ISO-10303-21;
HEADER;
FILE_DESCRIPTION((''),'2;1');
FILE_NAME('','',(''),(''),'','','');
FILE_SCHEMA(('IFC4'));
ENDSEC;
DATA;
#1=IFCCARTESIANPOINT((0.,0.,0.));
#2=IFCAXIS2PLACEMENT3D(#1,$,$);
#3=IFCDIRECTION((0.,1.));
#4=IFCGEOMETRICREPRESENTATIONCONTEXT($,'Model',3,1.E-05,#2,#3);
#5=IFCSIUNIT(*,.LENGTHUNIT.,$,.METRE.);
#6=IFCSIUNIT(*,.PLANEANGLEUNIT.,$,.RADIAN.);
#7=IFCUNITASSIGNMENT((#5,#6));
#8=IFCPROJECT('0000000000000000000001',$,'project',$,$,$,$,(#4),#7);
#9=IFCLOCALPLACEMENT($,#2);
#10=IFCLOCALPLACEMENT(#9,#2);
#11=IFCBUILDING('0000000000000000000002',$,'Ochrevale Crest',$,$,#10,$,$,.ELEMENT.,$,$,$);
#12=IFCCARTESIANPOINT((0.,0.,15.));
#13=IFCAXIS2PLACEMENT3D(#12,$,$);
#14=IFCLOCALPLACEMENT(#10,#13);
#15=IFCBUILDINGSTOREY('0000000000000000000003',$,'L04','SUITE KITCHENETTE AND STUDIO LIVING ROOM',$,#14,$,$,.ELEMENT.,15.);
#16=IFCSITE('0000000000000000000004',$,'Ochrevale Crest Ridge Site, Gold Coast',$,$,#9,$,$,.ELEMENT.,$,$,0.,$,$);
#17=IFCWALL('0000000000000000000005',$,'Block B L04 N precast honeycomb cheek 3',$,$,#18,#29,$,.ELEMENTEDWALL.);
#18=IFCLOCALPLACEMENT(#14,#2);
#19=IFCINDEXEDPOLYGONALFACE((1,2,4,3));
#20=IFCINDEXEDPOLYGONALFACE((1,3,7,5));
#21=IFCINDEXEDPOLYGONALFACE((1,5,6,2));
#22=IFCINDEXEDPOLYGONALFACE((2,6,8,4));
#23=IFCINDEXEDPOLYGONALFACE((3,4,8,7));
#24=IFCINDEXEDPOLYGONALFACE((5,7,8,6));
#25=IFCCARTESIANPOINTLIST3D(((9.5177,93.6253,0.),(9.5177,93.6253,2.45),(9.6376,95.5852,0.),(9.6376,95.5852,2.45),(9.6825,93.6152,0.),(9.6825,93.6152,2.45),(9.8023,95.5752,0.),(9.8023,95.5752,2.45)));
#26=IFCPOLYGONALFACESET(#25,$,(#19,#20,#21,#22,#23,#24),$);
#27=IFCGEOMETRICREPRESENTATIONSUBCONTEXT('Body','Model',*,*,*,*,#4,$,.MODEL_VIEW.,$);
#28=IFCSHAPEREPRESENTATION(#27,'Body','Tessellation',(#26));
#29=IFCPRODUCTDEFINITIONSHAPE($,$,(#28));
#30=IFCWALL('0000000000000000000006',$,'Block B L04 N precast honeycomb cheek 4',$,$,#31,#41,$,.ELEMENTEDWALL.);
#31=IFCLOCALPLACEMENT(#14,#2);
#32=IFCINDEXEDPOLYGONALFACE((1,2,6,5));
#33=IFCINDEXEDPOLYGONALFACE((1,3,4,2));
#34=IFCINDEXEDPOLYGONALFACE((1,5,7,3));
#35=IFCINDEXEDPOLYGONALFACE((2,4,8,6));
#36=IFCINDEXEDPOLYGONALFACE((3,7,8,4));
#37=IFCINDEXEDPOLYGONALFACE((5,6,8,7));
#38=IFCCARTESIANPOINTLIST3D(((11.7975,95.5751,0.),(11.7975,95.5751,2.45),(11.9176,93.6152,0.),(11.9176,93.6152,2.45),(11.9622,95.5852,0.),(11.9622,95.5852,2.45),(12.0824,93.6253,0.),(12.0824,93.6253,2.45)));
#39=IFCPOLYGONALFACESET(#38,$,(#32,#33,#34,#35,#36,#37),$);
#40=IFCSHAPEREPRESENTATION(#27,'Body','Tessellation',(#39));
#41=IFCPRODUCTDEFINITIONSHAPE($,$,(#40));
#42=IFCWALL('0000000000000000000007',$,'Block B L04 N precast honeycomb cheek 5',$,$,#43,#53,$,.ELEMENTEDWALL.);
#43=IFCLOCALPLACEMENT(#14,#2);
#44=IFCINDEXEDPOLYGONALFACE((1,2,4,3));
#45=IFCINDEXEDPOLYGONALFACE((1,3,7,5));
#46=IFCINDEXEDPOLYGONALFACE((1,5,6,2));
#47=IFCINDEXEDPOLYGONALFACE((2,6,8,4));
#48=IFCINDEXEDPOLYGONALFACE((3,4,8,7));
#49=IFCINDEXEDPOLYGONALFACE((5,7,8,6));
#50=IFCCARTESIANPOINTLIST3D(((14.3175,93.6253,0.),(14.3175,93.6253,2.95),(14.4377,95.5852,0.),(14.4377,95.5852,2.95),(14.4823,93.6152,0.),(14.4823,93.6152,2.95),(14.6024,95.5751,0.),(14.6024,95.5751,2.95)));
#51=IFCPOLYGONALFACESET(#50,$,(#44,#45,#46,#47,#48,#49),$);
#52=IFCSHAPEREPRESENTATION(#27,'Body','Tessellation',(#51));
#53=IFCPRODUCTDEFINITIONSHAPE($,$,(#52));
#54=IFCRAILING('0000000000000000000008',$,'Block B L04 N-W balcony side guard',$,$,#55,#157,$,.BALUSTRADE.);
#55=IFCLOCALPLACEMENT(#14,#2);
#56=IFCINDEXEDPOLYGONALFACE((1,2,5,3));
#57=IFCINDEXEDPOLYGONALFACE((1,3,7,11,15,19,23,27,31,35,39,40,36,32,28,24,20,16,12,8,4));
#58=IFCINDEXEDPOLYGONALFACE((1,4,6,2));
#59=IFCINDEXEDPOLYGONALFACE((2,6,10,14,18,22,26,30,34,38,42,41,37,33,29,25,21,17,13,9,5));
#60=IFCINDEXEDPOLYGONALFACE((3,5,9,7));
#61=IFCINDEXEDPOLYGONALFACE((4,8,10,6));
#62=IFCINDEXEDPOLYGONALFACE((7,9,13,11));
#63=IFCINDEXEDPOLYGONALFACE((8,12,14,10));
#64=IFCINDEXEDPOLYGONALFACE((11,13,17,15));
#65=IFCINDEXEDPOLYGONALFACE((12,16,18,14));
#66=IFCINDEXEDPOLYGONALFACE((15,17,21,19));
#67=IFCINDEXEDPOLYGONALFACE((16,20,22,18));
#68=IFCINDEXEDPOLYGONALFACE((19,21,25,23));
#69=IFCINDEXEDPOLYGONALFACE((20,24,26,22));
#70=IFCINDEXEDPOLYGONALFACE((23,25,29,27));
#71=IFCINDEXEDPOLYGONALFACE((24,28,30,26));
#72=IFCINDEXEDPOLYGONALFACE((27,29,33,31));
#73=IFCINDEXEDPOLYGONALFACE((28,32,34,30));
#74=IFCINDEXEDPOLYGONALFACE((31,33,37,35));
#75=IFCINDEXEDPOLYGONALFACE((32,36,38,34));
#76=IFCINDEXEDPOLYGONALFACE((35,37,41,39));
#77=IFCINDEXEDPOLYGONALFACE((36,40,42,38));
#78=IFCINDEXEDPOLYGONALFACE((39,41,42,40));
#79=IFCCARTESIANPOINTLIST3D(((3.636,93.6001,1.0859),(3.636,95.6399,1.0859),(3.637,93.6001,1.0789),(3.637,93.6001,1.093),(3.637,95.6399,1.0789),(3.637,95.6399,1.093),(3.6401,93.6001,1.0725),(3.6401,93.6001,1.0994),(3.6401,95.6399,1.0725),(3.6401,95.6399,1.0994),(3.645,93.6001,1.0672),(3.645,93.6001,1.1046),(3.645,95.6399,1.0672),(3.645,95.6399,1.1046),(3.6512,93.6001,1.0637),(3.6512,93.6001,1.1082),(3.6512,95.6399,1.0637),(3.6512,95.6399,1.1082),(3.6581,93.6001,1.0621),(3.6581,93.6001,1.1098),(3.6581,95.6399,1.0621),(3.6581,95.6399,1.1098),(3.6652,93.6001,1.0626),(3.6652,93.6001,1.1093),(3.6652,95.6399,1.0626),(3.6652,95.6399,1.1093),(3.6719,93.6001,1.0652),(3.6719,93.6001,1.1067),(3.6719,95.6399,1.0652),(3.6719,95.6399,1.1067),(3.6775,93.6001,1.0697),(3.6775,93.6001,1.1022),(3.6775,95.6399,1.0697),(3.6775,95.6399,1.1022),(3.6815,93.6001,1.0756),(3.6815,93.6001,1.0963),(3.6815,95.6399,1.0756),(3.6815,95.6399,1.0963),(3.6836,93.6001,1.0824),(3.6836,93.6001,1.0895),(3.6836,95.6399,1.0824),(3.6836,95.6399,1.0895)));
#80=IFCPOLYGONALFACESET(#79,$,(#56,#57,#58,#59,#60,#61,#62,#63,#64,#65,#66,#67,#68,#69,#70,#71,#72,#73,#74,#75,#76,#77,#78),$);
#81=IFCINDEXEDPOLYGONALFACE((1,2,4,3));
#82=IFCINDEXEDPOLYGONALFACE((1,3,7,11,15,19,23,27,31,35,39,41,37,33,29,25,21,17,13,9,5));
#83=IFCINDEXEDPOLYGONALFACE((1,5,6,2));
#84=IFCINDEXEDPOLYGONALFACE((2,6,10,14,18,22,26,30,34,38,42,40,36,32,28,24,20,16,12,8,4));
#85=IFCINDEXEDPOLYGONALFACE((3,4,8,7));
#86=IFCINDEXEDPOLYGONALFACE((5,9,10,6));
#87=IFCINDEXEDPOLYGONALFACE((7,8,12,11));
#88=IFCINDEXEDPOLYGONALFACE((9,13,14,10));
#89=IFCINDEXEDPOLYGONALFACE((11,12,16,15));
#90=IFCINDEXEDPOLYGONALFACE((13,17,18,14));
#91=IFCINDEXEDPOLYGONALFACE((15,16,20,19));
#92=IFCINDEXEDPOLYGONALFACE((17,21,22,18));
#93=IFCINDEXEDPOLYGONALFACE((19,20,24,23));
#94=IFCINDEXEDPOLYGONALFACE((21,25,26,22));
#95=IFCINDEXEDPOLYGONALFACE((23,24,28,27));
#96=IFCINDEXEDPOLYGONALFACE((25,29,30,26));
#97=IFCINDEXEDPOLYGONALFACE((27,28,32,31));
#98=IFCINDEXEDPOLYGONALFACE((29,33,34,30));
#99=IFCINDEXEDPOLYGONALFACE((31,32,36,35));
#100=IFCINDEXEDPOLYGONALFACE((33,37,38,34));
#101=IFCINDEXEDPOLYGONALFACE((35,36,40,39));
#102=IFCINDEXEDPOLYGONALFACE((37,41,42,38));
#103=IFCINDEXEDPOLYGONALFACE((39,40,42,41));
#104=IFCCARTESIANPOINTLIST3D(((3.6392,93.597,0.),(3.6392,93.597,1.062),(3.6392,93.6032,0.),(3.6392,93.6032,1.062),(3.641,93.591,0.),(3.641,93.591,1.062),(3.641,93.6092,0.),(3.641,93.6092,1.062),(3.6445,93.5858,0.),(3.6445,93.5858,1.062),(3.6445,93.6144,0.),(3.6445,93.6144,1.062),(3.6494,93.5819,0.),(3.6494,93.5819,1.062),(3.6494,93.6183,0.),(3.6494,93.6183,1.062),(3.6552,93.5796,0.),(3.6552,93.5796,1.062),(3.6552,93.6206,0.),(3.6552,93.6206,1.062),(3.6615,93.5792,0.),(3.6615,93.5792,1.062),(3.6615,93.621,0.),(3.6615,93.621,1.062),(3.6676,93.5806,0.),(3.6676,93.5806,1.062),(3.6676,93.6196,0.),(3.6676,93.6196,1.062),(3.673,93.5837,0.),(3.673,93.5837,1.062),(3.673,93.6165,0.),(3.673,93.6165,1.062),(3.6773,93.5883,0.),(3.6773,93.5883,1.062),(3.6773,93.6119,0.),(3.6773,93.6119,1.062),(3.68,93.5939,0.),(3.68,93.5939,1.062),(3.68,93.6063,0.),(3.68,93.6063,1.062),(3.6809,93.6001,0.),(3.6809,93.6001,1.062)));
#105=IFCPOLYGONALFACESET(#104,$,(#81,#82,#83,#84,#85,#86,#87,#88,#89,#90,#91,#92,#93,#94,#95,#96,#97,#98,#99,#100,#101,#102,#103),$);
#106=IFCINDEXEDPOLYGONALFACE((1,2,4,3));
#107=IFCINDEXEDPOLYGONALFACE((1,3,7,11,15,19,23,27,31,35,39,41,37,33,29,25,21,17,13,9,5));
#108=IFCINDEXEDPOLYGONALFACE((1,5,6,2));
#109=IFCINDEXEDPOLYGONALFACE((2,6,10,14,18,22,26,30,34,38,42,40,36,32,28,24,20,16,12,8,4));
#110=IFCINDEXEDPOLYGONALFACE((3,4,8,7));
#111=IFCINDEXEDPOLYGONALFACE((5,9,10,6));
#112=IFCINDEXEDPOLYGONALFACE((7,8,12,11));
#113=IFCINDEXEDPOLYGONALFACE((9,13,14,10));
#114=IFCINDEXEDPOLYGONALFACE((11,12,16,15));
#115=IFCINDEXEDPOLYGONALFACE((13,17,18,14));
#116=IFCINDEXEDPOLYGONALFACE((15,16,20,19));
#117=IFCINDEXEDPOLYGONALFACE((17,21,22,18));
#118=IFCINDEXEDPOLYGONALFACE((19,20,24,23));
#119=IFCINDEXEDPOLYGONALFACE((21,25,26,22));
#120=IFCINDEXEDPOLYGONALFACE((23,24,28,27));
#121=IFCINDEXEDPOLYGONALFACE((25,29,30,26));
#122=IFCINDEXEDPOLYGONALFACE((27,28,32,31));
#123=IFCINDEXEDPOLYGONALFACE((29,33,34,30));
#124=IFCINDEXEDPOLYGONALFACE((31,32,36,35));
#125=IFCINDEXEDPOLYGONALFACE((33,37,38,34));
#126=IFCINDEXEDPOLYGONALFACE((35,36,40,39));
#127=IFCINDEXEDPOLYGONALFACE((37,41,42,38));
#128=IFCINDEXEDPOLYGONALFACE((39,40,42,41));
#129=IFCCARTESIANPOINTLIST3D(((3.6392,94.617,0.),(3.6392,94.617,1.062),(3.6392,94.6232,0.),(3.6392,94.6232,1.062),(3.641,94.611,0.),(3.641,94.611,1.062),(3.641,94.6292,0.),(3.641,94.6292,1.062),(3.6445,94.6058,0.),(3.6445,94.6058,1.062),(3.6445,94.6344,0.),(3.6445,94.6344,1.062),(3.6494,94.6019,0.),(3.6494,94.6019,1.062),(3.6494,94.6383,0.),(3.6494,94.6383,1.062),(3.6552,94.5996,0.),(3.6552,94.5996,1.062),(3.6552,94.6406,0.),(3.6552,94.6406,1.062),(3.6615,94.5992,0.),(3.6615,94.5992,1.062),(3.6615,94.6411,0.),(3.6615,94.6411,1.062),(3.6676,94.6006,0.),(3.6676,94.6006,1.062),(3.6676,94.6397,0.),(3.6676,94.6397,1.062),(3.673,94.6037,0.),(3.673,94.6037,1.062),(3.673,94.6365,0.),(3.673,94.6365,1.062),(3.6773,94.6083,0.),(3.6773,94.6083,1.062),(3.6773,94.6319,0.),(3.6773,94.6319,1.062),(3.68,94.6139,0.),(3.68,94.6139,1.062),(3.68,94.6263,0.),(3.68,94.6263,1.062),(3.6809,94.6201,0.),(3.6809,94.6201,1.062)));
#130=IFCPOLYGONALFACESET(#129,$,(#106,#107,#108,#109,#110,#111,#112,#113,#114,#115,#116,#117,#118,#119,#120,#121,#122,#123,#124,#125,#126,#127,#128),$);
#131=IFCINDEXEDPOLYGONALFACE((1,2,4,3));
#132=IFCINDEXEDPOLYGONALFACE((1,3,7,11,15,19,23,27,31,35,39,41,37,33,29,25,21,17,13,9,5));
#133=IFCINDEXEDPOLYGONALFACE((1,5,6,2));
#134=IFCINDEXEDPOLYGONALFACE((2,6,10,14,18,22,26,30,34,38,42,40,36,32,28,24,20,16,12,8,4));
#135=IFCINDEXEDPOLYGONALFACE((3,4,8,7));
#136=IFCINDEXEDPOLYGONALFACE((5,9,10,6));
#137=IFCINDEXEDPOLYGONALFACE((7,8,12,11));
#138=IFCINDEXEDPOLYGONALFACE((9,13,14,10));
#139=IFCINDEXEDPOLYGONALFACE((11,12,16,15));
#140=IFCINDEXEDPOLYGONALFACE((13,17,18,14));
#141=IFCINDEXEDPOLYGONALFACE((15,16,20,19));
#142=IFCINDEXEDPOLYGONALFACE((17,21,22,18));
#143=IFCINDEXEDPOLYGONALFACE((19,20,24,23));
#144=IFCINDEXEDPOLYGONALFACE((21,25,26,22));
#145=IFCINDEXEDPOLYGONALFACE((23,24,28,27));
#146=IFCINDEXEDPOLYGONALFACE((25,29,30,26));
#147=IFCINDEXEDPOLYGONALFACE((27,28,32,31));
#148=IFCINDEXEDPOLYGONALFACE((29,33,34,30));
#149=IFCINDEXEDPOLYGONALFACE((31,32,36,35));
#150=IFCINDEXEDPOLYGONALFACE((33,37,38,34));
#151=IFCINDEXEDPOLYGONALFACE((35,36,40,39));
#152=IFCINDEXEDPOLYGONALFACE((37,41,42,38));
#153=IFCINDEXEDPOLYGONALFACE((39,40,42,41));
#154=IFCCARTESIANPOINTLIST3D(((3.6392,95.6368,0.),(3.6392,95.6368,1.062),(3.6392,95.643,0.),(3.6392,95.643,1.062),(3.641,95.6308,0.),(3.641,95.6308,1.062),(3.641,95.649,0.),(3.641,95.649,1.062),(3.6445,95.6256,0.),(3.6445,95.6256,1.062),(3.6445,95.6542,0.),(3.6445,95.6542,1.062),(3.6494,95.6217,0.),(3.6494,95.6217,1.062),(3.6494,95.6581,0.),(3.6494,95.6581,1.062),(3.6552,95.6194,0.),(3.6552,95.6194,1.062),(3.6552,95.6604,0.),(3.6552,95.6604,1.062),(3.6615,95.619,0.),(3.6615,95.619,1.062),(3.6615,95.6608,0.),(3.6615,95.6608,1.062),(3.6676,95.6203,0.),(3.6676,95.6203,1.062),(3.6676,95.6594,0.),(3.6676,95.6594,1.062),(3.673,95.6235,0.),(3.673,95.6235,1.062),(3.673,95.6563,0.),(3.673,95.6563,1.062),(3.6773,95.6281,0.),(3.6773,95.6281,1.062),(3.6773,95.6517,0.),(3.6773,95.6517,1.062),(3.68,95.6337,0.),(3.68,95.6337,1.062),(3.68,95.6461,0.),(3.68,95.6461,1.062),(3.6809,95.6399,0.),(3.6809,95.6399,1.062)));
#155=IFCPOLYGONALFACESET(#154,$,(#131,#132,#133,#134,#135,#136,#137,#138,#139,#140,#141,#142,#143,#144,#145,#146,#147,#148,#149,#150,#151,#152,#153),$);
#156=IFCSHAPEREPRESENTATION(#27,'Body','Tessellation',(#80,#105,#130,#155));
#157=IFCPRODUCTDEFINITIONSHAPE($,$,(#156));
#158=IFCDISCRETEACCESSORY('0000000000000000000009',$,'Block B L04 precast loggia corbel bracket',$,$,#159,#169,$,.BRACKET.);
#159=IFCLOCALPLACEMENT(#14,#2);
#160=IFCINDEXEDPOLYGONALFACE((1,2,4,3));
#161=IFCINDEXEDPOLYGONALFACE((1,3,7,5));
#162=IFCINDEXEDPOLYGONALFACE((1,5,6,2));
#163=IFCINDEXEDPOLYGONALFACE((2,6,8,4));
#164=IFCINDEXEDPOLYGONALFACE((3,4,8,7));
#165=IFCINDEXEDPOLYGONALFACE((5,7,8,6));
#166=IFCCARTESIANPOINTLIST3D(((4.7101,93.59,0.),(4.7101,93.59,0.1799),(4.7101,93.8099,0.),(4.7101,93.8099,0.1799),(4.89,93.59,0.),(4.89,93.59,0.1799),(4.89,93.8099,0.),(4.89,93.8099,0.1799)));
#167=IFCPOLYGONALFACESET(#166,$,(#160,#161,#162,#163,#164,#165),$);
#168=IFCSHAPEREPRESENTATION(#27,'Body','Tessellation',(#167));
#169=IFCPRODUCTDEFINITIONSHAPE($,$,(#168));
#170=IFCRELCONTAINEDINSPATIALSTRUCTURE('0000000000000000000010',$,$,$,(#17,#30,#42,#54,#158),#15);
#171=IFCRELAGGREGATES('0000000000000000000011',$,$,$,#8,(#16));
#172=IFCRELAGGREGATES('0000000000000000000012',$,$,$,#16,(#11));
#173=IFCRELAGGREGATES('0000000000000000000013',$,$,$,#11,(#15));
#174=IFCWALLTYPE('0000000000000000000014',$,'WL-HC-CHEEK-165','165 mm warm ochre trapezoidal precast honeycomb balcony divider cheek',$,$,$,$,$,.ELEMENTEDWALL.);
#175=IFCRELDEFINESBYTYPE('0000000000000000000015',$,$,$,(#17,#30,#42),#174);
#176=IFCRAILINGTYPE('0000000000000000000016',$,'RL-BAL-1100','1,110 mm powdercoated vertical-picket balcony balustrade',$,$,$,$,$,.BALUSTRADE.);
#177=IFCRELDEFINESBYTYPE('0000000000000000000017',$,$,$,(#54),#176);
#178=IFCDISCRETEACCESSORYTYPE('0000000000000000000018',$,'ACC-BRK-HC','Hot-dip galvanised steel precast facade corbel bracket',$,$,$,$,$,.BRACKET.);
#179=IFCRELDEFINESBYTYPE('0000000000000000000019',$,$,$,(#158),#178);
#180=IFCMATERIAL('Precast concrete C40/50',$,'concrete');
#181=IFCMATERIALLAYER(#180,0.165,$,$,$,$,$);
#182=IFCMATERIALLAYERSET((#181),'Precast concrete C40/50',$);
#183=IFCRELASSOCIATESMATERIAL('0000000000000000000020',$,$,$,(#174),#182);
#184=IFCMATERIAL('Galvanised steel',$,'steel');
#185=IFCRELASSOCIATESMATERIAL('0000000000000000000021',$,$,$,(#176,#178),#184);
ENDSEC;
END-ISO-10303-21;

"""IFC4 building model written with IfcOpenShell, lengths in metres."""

from ifc_helpers import new_model, si_unit, direction, frame, frame_2d, origin, origin_2d, place, context, subcontext, project, spatial, rectangle, circle, extrude, material, layer, layer_set, type_object, element, save


model = new_model("IFC4")

# Units and contexts
model_context = context("Model", 3, precision=1e-05, world=origin(), true_north=direction((0.0, 1.0)))
body_context = subcontext(model_context, "Body", "Model", "MODEL_VIEW")
ifc_project = project(units=[si_unit("LENGTHUNIT", "METRE"), si_unit("PLANEANGLEUNIT", "RADIAN")], contexts=[model_context])

# Site, building, storey
site_placement = place(None, origin())
site = spatial("IfcSite", under=ifc_project, at=site_placement, Name="Ochrevale Crest Ridge Site, Gold Coast", CompositionType="ELEMENT", RefElevation=0.0)
building_placement = place(site_placement, origin())
building = spatial("IfcBuilding", under=site, at=building_placement, Name="Ochrevale Crest", CompositionType="ELEMENT")
storey_placement = place(building_placement, frame((0.0, 0.0, 15.0)))
storey = spatial("IfcBuildingStorey", under=building, at=storey_placement, Name="L04", Description="SUITE KITCHENETTE AND STUDIO LIVING ROOM", CompositionType="ELEMENT", Elevation=15.0)

# Shared definitions
ifc_material_1 = material(Name="Precast concrete C40/50", Category="concrete")

# Walls
ifc_layer_1 = layer(ifc_material_1, 0.165)
ifc_layer_set_1 = layer_set([ifc_layer_1], Name="Precast concrete C40/50")
wall_type = type_object("IfcWallType", Name="WL-HC-CHEEK-165", Description="165 mm warm ochre trapezoidal precast honeycomb balcony divider cheek", PredefinedType="ELEMENTEDWALL", material=ifc_layer_set_1)
for number, where, z_axis, x_axis, name in (
    (1, (9.6001, 93.6201, 0.0), (0.0, 0.0, 1.0), (0.061047, 0.998135, 0.0), "Block B L04 N precast honeycomb cheek 3"),
    (2, (12.0, 93.6201, 0.0), (0.0, 0.0, 1.0), (-0.061171, 0.998127, 0.0), "Block B L04 N precast honeycomb cheek 4"),
):
    element("IfcWall", number, at=place(storey_placement, frame(where, z_axis=z_axis, x_axis=x_axis)), inside=storey, type_object=wall_type, Name=name, PredefinedType="ELEMENTEDWALL", context=body_context, shape_type="SweptSolid", body=[
        extrude(rectangle(XDim=1.9636, YDim=0.165, at=frame_2d((0.9819, 0.0))), origin(), (0.0, 0.0, 1.0), 2.45),
    ])
wall_placement = place(storey_placement, frame((14.3999, 93.6201, 0.0), z_axis=(0.0, 0.0, 1.0), x_axis=(0.061171, 0.998127, 0.0)))
element("IfcWall", 3, at=wall_placement, inside=storey, type_object=wall_type, Name="Block B L04 N precast honeycomb cheek 5", PredefinedType="ELEMENTEDWALL", context=body_context, shape_type="SweptSolid", body=[
    extrude(rectangle(XDim=1.9636, YDim=0.165, at=frame_2d((0.9819, 0.0))), origin(), (0.0, 0.0, 1.0), 2.95),
])

# Railing
ifc_material_2 = material(Name="Galvanised steel", Category="steel")
railing_type = type_object("IfcRailingType", Name="RL-BAL-1100", Description="1,110 mm powdercoated vertical-picket balcony balustrade", PredefinedType="BALUSTRADE", material=ifc_material_2)
railing_1_placement = place(storey_placement, frame((3.6599, 93.6001, 0.0)))
element("IfcRailing", 4, at=railing_1_placement, inside=storey, type_object=railing_type, Name="Block B L04 N-W balcony side guard", PredefinedType="BALUSTRADE", context=body_context, shape_type="SweptSolid", body=[
    extrude(circle(Radius=0.0239, at=origin_2d()), frame((0.0, 0.0, 1.0859), z_axis=(0.0, 1.0, 0.0), x_axis=(-1.0, 0.0, 0.0)), (0.0, 0.0, 1.0), 2.0398),
    extrude(circle(Radius=0.021, at=origin_2d()), origin(), (0.0, 0.0, 1.0), 1.062),
    extrude(circle(Radius=0.021, at=origin_2d()), frame((0.0, 1.02, 0.0)), (0.0, 0.0, 1.0), 1.062),
    extrude(circle(Radius=0.021, at=origin_2d()), frame((0.0, 2.0398, 0.0)), (0.0, 0.0, 1.0), 1.062),
])

# Discrete accessory
discrete_accessory_type = type_object("IfcDiscreteAccessoryType", Name="ACC-BRK-HC", Description="Hot-dip galvanised steel precast facade corbel bracket", PredefinedType="BRACKET", material=ifc_material_2)
discrete_accessory_placement = place(storey_placement, frame((4.8, 93.7, 0.0), z_axis=(0.0, 0.0, 1.0), x_axis=(1.0, 0.0, 0.0)))
element("IfcDiscreteAccessory", 5, at=discrete_accessory_placement, inside=storey, type_object=discrete_accessory_type, Name="Block B L04 precast loggia corbel bracket", PredefinedType="BRACKET", context=body_context, shape_type="SweptSolid", body=[
    extrude(rectangle(XDim=0.1799, YDim=0.22, at=origin_2d()), origin(), (0.0, 0.0, 1.0), 0.1799),
])

save(model, "model.ifc")
